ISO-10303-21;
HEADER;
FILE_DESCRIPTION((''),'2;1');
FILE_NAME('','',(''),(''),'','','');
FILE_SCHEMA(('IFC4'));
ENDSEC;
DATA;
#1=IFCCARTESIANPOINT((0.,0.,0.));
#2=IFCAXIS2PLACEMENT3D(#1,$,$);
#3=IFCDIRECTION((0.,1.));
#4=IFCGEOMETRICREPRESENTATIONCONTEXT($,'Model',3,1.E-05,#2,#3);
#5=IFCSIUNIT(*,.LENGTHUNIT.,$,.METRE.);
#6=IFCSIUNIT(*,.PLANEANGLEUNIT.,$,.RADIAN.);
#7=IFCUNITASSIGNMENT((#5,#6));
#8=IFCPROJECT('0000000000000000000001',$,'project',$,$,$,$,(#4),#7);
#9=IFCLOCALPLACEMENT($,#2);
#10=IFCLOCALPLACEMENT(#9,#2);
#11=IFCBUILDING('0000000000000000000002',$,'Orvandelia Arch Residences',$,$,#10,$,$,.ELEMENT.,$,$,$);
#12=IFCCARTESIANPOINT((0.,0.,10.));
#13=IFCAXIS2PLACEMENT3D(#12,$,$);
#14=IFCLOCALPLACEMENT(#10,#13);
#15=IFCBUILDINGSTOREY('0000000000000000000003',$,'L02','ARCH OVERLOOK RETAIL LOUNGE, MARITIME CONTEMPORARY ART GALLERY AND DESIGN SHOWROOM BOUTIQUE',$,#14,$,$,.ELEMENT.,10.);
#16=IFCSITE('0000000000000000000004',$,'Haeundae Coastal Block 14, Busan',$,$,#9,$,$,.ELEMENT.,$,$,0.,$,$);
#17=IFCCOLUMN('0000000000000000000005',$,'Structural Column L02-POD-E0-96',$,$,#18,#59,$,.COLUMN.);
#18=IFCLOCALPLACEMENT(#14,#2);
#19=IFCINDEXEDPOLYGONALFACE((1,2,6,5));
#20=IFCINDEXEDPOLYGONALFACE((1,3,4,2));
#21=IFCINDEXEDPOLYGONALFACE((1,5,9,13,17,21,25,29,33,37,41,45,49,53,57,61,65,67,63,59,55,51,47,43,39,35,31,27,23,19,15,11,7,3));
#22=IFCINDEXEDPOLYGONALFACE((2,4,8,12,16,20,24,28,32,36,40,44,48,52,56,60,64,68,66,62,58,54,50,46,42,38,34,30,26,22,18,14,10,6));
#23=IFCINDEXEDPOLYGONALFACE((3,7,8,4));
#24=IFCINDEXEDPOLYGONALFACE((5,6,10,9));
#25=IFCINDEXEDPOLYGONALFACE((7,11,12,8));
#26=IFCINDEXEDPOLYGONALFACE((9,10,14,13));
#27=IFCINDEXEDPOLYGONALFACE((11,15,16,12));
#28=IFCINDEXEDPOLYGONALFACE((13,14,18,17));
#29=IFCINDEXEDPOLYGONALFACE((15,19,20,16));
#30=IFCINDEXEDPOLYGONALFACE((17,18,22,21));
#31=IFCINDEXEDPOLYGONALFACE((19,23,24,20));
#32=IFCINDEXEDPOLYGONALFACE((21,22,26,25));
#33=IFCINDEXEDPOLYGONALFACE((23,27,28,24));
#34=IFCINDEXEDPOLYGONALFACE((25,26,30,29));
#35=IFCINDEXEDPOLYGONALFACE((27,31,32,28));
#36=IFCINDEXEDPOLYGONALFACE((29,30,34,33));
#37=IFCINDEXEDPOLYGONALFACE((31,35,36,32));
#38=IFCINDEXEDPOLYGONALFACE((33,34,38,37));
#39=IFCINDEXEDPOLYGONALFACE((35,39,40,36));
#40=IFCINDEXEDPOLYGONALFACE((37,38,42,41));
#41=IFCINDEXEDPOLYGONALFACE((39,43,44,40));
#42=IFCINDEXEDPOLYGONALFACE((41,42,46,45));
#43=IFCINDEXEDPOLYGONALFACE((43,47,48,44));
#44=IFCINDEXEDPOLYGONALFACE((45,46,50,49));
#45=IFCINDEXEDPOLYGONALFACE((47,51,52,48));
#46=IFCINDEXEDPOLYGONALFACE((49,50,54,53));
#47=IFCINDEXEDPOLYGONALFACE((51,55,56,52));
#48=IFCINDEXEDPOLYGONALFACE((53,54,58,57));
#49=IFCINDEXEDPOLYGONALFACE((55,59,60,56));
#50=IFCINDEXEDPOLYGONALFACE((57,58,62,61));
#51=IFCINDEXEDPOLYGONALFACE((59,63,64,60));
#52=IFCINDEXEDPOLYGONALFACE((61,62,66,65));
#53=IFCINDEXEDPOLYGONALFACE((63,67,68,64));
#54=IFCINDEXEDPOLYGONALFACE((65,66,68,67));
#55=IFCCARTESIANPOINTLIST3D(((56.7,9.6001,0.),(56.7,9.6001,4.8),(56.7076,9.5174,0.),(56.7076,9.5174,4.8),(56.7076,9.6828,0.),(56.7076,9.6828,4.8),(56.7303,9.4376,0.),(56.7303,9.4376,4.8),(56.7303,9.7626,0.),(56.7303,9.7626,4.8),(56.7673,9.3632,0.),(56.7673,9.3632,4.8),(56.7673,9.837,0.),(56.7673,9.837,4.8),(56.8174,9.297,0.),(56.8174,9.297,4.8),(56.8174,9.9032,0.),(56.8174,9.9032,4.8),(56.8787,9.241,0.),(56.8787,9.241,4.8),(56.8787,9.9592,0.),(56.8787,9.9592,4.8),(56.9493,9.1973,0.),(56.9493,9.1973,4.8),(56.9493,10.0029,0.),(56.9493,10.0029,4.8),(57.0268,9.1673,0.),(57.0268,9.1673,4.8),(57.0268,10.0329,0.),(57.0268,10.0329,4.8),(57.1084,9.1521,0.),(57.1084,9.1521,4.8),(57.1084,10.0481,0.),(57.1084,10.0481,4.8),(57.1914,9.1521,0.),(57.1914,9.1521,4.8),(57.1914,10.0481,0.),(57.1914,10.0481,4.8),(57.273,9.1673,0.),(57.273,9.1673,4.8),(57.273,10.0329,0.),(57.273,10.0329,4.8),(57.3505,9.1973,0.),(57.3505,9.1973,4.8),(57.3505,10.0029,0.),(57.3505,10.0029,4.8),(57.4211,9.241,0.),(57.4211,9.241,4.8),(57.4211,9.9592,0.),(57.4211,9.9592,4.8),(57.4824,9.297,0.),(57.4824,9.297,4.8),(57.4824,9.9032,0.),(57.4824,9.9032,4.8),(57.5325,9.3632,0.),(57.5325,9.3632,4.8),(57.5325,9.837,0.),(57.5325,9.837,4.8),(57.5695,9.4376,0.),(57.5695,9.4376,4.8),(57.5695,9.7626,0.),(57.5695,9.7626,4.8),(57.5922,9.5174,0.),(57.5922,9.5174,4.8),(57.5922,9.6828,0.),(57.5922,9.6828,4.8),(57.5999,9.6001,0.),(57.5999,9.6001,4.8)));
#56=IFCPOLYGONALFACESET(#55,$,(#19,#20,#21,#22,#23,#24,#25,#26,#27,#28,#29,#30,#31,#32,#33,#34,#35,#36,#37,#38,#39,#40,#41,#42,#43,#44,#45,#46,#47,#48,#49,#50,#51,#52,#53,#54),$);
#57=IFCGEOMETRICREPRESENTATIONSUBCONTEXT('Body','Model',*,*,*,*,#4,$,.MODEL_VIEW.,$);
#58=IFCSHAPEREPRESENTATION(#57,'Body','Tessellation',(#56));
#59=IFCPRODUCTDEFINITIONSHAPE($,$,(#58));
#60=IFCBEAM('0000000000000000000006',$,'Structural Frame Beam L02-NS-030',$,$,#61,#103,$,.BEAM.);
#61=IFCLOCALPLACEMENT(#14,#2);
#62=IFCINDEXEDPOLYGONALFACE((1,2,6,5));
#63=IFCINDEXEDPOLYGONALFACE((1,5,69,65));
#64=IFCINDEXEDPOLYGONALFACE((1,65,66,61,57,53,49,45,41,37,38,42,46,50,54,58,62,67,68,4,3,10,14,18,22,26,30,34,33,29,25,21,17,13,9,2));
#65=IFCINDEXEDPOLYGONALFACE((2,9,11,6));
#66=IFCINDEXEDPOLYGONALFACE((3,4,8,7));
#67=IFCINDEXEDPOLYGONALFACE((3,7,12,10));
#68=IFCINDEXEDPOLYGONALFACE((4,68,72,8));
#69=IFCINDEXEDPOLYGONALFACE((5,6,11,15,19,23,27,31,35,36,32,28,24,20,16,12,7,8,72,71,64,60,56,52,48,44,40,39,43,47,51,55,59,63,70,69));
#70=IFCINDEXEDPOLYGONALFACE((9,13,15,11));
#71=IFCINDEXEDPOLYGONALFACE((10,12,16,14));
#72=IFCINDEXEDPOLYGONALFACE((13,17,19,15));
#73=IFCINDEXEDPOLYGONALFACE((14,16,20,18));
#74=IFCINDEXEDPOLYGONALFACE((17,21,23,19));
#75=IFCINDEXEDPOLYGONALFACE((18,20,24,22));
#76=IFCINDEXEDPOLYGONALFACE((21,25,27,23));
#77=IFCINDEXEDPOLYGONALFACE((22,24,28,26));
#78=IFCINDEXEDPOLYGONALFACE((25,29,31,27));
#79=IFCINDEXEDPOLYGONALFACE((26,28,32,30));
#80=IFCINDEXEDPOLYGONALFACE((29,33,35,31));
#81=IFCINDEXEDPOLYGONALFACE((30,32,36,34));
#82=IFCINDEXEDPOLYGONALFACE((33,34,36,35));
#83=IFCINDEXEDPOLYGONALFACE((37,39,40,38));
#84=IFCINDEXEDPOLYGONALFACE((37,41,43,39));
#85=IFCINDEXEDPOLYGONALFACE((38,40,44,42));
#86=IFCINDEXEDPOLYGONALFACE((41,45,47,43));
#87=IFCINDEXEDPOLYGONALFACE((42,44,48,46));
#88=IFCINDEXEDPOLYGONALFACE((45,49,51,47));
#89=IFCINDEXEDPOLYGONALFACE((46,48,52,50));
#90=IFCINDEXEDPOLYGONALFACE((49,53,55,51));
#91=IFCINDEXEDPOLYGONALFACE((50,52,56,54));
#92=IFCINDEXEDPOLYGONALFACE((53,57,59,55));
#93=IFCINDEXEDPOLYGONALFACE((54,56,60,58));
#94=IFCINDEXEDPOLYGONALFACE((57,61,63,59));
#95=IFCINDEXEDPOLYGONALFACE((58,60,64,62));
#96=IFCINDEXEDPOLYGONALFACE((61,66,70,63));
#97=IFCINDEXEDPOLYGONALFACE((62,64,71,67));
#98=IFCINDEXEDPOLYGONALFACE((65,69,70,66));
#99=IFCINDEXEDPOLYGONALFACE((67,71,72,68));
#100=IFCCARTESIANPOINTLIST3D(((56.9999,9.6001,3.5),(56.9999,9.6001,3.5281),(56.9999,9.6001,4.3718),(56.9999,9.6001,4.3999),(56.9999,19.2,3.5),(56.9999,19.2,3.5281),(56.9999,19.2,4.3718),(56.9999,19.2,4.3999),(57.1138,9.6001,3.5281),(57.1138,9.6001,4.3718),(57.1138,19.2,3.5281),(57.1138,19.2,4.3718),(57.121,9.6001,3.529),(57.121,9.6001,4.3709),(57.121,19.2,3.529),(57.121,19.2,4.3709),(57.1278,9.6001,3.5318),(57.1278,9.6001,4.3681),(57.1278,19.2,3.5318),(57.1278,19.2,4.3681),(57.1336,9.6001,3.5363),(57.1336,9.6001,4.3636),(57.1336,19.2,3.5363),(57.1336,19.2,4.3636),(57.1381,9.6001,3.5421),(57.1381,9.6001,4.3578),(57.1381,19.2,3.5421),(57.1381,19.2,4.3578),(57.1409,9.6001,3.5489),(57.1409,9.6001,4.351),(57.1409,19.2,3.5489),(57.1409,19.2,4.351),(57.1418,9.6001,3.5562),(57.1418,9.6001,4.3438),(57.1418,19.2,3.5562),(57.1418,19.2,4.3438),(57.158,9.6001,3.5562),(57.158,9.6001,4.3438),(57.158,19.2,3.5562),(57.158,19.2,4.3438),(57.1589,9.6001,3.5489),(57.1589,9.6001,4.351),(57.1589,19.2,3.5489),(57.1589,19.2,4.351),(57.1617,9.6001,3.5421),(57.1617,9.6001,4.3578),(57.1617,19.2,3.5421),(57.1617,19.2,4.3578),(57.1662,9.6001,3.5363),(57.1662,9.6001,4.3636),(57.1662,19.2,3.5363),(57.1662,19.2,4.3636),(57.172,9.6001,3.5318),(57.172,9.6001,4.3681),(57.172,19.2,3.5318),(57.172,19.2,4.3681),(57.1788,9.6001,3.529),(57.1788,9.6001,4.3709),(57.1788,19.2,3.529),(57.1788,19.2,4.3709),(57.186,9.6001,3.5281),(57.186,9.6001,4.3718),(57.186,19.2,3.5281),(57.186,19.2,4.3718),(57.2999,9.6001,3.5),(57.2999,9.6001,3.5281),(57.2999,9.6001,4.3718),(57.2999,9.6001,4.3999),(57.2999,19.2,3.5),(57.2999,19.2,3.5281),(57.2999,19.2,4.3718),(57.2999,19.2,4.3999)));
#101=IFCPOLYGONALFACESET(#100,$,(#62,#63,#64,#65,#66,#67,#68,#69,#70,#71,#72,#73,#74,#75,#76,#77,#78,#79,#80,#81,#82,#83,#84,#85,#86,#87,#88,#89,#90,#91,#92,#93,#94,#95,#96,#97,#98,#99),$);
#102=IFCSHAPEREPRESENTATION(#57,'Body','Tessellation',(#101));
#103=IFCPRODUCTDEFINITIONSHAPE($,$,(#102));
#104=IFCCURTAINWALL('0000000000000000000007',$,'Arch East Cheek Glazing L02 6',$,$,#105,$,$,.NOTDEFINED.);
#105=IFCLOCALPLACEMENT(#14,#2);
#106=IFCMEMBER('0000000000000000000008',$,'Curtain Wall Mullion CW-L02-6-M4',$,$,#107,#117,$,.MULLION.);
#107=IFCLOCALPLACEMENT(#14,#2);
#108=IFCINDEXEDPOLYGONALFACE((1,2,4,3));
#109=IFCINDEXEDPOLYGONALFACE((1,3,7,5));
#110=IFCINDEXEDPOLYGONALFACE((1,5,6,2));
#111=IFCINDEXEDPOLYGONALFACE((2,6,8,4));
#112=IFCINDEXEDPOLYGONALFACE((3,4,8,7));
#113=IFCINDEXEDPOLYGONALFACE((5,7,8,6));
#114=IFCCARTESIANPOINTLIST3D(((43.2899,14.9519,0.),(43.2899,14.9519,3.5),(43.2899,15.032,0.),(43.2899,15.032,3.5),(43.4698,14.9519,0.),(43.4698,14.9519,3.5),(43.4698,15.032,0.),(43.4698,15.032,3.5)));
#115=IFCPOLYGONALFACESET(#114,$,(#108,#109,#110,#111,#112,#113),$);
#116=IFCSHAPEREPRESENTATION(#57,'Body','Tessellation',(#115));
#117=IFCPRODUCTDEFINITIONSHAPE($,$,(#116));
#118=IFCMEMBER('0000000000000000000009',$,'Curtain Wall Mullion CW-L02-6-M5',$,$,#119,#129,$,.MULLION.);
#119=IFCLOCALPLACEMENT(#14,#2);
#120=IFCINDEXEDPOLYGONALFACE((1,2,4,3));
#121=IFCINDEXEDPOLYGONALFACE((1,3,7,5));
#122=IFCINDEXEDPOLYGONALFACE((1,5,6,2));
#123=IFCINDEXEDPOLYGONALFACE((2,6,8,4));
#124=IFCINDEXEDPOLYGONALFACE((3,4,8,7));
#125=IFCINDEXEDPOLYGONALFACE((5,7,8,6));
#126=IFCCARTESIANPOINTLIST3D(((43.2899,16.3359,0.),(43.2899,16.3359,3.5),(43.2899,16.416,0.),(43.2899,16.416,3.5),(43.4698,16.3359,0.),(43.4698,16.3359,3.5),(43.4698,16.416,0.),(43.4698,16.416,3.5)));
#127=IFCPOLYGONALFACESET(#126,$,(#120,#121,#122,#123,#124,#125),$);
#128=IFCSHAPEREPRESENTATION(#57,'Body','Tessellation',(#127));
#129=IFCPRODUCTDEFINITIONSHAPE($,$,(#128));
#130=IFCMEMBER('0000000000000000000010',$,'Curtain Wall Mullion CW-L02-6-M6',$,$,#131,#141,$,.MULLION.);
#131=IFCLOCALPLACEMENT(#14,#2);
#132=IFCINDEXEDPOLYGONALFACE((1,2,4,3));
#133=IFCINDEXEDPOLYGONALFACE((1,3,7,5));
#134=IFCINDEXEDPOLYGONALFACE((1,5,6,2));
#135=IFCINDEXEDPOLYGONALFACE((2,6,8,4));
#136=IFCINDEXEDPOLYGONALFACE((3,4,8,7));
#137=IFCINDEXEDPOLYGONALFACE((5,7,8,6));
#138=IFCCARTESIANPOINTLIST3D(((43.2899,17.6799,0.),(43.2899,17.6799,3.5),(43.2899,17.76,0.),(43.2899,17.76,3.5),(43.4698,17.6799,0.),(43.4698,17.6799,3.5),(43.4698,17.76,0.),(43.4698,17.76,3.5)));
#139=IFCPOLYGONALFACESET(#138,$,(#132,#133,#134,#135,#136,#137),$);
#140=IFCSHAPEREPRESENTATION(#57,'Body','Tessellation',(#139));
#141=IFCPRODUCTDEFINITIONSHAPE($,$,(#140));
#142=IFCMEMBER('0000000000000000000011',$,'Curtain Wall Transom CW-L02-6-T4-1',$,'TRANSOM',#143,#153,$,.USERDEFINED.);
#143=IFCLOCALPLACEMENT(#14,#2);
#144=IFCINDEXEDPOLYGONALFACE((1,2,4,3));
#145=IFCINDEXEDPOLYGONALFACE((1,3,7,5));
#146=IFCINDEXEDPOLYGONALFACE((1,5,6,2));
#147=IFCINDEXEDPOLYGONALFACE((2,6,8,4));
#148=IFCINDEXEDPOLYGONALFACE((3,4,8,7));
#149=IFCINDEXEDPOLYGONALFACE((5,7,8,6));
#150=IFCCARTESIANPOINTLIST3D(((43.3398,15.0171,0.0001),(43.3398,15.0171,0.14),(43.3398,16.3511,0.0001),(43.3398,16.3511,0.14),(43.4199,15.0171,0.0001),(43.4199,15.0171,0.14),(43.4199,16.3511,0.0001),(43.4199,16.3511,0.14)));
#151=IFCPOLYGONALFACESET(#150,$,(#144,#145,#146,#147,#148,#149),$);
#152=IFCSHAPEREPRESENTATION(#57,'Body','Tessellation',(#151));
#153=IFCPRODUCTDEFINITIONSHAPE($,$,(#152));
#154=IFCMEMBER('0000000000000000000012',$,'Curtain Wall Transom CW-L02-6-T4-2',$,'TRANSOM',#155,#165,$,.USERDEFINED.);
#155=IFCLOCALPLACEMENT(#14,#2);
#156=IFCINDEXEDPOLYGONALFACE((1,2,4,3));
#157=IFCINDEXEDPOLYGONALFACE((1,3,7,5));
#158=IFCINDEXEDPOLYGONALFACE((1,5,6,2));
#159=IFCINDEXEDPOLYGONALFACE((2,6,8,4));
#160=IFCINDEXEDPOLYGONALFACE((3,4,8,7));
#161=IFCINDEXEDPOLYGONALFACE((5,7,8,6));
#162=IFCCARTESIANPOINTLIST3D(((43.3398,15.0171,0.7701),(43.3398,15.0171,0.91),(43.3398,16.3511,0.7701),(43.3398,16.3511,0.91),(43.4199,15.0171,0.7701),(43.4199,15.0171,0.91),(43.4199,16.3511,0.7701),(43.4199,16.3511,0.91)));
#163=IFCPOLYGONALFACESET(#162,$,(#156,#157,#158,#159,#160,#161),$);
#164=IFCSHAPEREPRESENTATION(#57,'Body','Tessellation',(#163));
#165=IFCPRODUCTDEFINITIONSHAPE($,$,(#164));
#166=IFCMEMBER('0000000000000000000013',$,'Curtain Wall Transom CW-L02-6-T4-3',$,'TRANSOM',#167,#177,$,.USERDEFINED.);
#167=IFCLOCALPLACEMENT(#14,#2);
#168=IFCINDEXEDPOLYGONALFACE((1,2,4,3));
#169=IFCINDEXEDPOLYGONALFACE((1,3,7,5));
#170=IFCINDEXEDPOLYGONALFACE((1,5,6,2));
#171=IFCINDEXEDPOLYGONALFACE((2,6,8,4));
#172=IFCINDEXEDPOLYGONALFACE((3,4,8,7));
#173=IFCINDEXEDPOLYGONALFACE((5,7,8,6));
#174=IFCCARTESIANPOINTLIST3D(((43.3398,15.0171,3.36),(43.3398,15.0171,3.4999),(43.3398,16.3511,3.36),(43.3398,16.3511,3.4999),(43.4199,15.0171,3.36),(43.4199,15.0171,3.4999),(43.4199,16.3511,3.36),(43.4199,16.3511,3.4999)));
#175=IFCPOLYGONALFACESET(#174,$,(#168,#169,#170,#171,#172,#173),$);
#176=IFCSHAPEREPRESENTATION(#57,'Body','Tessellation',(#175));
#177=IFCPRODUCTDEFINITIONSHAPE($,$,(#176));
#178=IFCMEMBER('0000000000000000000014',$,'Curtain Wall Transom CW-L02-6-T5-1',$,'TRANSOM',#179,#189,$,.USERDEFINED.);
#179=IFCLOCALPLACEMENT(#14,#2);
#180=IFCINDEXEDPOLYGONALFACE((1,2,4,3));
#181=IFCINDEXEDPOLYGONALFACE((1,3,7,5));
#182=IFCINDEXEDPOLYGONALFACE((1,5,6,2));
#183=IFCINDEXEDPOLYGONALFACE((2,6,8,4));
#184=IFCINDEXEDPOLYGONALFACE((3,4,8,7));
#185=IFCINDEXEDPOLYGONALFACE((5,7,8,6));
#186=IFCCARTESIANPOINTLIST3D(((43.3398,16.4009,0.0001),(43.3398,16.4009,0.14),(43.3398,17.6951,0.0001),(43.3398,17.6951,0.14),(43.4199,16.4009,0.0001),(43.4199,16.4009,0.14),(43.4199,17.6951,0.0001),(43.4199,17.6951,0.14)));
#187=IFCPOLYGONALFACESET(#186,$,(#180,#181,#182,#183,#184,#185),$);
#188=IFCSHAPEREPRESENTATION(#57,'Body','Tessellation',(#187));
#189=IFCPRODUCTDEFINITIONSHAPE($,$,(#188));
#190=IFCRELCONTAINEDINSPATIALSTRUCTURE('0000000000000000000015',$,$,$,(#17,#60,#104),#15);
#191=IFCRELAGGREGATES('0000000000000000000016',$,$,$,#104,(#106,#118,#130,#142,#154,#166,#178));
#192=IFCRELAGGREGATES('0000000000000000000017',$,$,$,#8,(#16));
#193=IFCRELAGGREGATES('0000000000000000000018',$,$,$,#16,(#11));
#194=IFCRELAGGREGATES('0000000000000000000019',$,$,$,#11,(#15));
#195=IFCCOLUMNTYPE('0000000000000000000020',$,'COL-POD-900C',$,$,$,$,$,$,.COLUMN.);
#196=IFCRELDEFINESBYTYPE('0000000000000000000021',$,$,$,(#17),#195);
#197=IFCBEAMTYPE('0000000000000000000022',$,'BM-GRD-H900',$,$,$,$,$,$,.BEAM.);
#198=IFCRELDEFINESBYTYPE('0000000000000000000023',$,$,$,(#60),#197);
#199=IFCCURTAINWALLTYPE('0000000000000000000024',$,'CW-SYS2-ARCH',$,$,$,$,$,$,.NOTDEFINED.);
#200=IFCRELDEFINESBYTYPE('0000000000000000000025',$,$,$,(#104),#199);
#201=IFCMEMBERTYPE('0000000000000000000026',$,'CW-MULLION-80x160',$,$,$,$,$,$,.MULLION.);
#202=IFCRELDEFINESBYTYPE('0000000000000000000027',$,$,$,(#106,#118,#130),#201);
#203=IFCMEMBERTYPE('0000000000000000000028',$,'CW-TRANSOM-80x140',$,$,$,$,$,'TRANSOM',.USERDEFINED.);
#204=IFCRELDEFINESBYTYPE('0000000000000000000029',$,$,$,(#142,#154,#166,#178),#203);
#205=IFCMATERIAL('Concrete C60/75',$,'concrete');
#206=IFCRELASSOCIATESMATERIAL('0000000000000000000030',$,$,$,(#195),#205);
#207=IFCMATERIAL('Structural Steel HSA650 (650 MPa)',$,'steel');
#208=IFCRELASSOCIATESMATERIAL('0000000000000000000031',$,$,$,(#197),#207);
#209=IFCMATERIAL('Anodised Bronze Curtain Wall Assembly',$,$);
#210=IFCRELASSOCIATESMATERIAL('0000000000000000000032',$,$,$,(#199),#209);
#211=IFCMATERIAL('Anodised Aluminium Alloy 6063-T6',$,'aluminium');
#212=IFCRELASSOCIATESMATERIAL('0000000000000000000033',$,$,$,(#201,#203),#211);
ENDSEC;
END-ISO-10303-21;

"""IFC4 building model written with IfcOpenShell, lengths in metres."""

from ifc_helpers import new_model, si_unit, direction, frame, origin, origin_2d, place, context, subcontext, project, spatial, rectangle, circle, i_section, extrude, material, material_profile, profile_set, type_object, element, aggregate, save


model = new_model("IFC4")

# Units and contexts
model_context = context("Model", 3, precision=1e-05, world=origin(), true_north=direction((0.0, 1.0)))
body_context = subcontext(model_context, "Body", "Model", "MODEL_VIEW")
ifc_project = project(units=[si_unit("LENGTHUNIT", "METRE"), si_unit("PLANEANGLEUNIT", "RADIAN")], contexts=[model_context])

# Site, building, storey
site_placement = place(None, origin())
site = spatial("IfcSite", under=ifc_project, at=site_placement, Name="Haeundae Coastal Block 14, Busan", CompositionType="ELEMENT", RefElevation=0.0)
building_placement = place(site_placement, origin())
building = spatial("IfcBuilding", under=site, at=building_placement, Name="Orvandelia Arch Residences", CompositionType="ELEMENT")
storey_placement = place(building_placement, frame((0.0, 0.0, 10.0)))
storey = spatial("IfcBuildingStorey", under=building, at=storey_placement, Name="L02", Description="ARCH OVERLOOK RETAIL LOUNGE, MARITIME CONTEMPORARY ART GALLERY AND DESIGN SHOWROOM BOUTIQUE", CompositionType="ELEMENT", Elevation=10.0)

# Column
ifc_material_1 = material(Name="Concrete C60/75", Category="concrete")
ifc_material_profile_1 = material_profile(ifc_material_1, circle(Radius=0.45, at=origin_2d()), Name="Concrete C60/75", Category="concrete")
ifc_profile_set_1 = profile_set([ifc_material_profile_1], Name="Concrete C60/75")
column_type = type_object("IfcColumnType", Name="COL-POD-900C", PredefinedType="COLUMN", material=ifc_profile_set_1)
column_placement = place(storey_placement, frame((57.1499, 9.6001, 0.0), z_axis=(0.0, 0.0, 1.0), x_axis=(1.0, 0.0, 0.0)))
element("IfcColumn", 1, at=column_placement, inside=storey, type_object=column_type, Name="Structural Column L02-POD-E0-96", PredefinedType="COLUMN", context=body_context, shape_type="SweptSolid", body=[
    extrude(circle(Radius=0.45, at=origin_2d()), origin(), (0.0, 0.0, 1.0), 4.8),
])

# Beam
ifc_material_2 = material(Name="Structural Steel HSA650 (650 MPa)", Category="steel")
ifc_material_profile_2 = material_profile(ifc_material_2, i_section(OverallWidth=0.3, OverallDepth=0.8999, WebThickness=0.0161, FlangeThickness=0.0281, FilletRadius=0.0281, at=origin_2d()), Name="Structural Steel HSA650 (650 MPa)", Category="steel")
ifc_profile_set_2 = profile_set([ifc_material_profile_2], Name="Structural Steel HSA650 (650 MPa)")
beam_type = type_object("IfcBeamType", Name="BM-GRD-H900", PredefinedType="BEAM", material=ifc_profile_set_2)
beam_placement = place(storey_placement, frame((57.1499, 9.6001, 3.95), z_axis=(0.0, 1.0, 0.0), x_axis=(-1.0, 0.0, 0.0)))
element("IfcBeam", 2, at=beam_placement, inside=storey, type_object=beam_type, Name="Structural Frame Beam L02-NS-030", PredefinedType="BEAM", context=body_context, shape_type="SweptSolid", body=[
    extrude(i_section(OverallWidth=0.3, OverallDepth=0.8999, WebThickness=0.0161, FlangeThickness=0.0281, FilletRadius=0.0281, at=origin_2d()), origin(), (0.0, 0.0, 1.0), 9.5999),
])

# Curtain wall, members
ifc_material_3 = material(Name="Anodised Bronze Curtain Wall Assembly")
curtain_wall_type = type_object("IfcCurtainWallType", Name="CW-SYS2-ARCH", PredefinedType="NOTDEFINED", material=ifc_material_3)
curtain_wall_placement = place(storey_placement, origin())
curtain_wall = element("IfcCurtainWall", 3, at=curtain_wall_placement, inside=storey, type_object=curtain_wall_type, Name="Arch East Cheek Glazing L02 6", PredefinedType="NOTDEFINED")
ifc_material_4 = material(Name="Anodised Aluminium Alloy 6063-T6", Category="aluminium")
ifc_material_profile_3 = material_profile(ifc_material_4, rectangle(XDim=0.0801, YDim=0.1799, at=origin_2d()), Name="Anodised Aluminium Alloy 6063-T6", Category="aluminium")
ifc_profile_set_3 = profile_set([ifc_material_profile_3], Name="Anodised Aluminium Alloy 6063-T6")
member_type_1 = type_object("IfcMemberType", Name="CW-MULLION-80x160", PredefinedType="MULLION", material=ifc_profile_set_3)
member_1_placement = place(storey_placement, frame((43.3799, 14.9919, 0.0), z_axis=(0.0, 0.0, 1.0), x_axis=(0.0, 1.0, 0.0)))
member_1 = element("IfcMember", 4, at=member_1_placement, type_object=member_type_1, Name="Curtain Wall Mullion CW-L02-6-M4", PredefinedType="MULLION", context=body_context, shape_type="SweptSolid", body=[
    extrude(rectangle(XDim=0.0801, YDim=0.1799, at=origin_2d()), origin(), (0.0, 0.0, 1.0), 3.5),
])
member_2_placement = place(storey_placement, frame((43.3799, 16.376, 0.0), z_axis=(0.0, 0.0, 1.0), x_axis=(0.0, 1.0, 0.0)))
member_2 = element("IfcMember", 5, at=member_2_placement, type_object=member_type_1, Name="Curtain Wall Mullion CW-L02-6-M5", PredefinedType="MULLION", context=body_context, shape_type="SweptSolid", body=[
    extrude(rectangle(XDim=0.0801, YDim=0.1799, at=origin_2d()), origin(), (0.0, 0.0, 1.0), 3.5),
])
member_3_placement = place(storey_placement, frame((43.3799, 17.72, 0.0), z_axis=(0.0, 0.0, 1.0), x_axis=(0.0, 1.0, 0.0)))
member_3 = element("IfcMember", 6, at=member_3_placement, type_object=member_type_1, Name="Curtain Wall Mullion CW-L02-6-M6", PredefinedType="MULLION", context=body_context, shape_type="SweptSolid", body=[
    extrude(rectangle(XDim=0.0801, YDim=0.1799, at=origin_2d()), origin(), (0.0, 0.0, 1.0), 3.5),
])
ifc_material_profile_4 = material_profile(ifc_material_4, rectangle(XDim=0.0801, YDim=0.1399, at=origin_2d()), Name="Anodised Aluminium Alloy 6063-T6", Category="aluminium")
ifc_profile_set_4 = profile_set([ifc_material_profile_4], Name="Anodised Aluminium Alloy 6063-T6")
member_type_2 = type_object("IfcMemberType", Name="CW-TRANSOM-80x140", ElementType="TRANSOM", PredefinedType="USERDEFINED", material=ifc_profile_set_4)
member_4_placement = place(storey_placement, frame((43.3799, 15.0171, 0.0701), z_axis=(0.0, 1.0, 0.0), x_axis=(-1.0, 0.0, 0.0)))
member_4 = element("IfcMember", 7, at=member_4_placement, type_object=member_type_2, Name="Curtain Wall Transom CW-L02-6-T4-1", ObjectType="TRANSOM", PredefinedType="USERDEFINED", context=body_context, shape_type="SweptSolid", body=[
    extrude(rectangle(XDim=0.0801, YDim=0.1399, at=origin_2d()), origin(), (0.0, 0.0, 1.0), 1.334),
])
member_5_placement = place(storey_placement, frame((43.3799, 15.0171, 0.8401), z_axis=(0.0, 1.0, 0.0), x_axis=(-1.0, 0.0, 0.0)))
member_5 = element("IfcMember", 8, at=member_5_placement, type_object=member_type_2, Name="Curtain Wall Transom CW-L02-6-T4-2", ObjectType="TRANSOM", PredefinedType="USERDEFINED", context=body_context, shape_type="SweptSolid", body=[
    extrude(rectangle(XDim=0.0801, YDim=0.1399, at=origin_2d()), origin(), (0.0, 0.0, 1.0), 1.334),
])
member_6_placement = place(storey_placement, frame((43.3799, 15.0171, 3.4299), z_axis=(0.0, 1.0, 0.0), x_axis=(-1.0, 0.0, 0.0)))
member_6 = element("IfcMember", 9, at=member_6_placement, type_object=member_type_2, Name="Curtain Wall Transom CW-L02-6-T4-3", ObjectType="TRANSOM", PredefinedType="USERDEFINED", context=body_context, shape_type="SweptSolid", body=[
    extrude(rectangle(XDim=0.0801, YDim=0.1399, at=origin_2d()), origin(), (0.0, 0.0, 1.0), 1.334),
])
member_7_placement = place(storey_placement, frame((43.3799, 16.4009, 0.0701), z_axis=(0.0, 1.0, 0.0), x_axis=(-1.0, 0.0, 0.0)))
member_7 = element("IfcMember", 10, at=member_7_placement, type_object=member_type_2, Name="Curtain Wall Transom CW-L02-6-T5-1", ObjectType="TRANSOM", PredefinedType="USERDEFINED", context=body_context, shape_type="SweptSolid", body=[
    extrude(rectangle(XDim=0.0801, YDim=0.1399, at=origin_2d()), origin(), (0.0, 0.0, 1.0), 1.2942),
])
aggregate(curtain_wall, [member_1, member_2, member_3, member_4, member_5, member_6, member_7])

save(model, "model.ifc")
